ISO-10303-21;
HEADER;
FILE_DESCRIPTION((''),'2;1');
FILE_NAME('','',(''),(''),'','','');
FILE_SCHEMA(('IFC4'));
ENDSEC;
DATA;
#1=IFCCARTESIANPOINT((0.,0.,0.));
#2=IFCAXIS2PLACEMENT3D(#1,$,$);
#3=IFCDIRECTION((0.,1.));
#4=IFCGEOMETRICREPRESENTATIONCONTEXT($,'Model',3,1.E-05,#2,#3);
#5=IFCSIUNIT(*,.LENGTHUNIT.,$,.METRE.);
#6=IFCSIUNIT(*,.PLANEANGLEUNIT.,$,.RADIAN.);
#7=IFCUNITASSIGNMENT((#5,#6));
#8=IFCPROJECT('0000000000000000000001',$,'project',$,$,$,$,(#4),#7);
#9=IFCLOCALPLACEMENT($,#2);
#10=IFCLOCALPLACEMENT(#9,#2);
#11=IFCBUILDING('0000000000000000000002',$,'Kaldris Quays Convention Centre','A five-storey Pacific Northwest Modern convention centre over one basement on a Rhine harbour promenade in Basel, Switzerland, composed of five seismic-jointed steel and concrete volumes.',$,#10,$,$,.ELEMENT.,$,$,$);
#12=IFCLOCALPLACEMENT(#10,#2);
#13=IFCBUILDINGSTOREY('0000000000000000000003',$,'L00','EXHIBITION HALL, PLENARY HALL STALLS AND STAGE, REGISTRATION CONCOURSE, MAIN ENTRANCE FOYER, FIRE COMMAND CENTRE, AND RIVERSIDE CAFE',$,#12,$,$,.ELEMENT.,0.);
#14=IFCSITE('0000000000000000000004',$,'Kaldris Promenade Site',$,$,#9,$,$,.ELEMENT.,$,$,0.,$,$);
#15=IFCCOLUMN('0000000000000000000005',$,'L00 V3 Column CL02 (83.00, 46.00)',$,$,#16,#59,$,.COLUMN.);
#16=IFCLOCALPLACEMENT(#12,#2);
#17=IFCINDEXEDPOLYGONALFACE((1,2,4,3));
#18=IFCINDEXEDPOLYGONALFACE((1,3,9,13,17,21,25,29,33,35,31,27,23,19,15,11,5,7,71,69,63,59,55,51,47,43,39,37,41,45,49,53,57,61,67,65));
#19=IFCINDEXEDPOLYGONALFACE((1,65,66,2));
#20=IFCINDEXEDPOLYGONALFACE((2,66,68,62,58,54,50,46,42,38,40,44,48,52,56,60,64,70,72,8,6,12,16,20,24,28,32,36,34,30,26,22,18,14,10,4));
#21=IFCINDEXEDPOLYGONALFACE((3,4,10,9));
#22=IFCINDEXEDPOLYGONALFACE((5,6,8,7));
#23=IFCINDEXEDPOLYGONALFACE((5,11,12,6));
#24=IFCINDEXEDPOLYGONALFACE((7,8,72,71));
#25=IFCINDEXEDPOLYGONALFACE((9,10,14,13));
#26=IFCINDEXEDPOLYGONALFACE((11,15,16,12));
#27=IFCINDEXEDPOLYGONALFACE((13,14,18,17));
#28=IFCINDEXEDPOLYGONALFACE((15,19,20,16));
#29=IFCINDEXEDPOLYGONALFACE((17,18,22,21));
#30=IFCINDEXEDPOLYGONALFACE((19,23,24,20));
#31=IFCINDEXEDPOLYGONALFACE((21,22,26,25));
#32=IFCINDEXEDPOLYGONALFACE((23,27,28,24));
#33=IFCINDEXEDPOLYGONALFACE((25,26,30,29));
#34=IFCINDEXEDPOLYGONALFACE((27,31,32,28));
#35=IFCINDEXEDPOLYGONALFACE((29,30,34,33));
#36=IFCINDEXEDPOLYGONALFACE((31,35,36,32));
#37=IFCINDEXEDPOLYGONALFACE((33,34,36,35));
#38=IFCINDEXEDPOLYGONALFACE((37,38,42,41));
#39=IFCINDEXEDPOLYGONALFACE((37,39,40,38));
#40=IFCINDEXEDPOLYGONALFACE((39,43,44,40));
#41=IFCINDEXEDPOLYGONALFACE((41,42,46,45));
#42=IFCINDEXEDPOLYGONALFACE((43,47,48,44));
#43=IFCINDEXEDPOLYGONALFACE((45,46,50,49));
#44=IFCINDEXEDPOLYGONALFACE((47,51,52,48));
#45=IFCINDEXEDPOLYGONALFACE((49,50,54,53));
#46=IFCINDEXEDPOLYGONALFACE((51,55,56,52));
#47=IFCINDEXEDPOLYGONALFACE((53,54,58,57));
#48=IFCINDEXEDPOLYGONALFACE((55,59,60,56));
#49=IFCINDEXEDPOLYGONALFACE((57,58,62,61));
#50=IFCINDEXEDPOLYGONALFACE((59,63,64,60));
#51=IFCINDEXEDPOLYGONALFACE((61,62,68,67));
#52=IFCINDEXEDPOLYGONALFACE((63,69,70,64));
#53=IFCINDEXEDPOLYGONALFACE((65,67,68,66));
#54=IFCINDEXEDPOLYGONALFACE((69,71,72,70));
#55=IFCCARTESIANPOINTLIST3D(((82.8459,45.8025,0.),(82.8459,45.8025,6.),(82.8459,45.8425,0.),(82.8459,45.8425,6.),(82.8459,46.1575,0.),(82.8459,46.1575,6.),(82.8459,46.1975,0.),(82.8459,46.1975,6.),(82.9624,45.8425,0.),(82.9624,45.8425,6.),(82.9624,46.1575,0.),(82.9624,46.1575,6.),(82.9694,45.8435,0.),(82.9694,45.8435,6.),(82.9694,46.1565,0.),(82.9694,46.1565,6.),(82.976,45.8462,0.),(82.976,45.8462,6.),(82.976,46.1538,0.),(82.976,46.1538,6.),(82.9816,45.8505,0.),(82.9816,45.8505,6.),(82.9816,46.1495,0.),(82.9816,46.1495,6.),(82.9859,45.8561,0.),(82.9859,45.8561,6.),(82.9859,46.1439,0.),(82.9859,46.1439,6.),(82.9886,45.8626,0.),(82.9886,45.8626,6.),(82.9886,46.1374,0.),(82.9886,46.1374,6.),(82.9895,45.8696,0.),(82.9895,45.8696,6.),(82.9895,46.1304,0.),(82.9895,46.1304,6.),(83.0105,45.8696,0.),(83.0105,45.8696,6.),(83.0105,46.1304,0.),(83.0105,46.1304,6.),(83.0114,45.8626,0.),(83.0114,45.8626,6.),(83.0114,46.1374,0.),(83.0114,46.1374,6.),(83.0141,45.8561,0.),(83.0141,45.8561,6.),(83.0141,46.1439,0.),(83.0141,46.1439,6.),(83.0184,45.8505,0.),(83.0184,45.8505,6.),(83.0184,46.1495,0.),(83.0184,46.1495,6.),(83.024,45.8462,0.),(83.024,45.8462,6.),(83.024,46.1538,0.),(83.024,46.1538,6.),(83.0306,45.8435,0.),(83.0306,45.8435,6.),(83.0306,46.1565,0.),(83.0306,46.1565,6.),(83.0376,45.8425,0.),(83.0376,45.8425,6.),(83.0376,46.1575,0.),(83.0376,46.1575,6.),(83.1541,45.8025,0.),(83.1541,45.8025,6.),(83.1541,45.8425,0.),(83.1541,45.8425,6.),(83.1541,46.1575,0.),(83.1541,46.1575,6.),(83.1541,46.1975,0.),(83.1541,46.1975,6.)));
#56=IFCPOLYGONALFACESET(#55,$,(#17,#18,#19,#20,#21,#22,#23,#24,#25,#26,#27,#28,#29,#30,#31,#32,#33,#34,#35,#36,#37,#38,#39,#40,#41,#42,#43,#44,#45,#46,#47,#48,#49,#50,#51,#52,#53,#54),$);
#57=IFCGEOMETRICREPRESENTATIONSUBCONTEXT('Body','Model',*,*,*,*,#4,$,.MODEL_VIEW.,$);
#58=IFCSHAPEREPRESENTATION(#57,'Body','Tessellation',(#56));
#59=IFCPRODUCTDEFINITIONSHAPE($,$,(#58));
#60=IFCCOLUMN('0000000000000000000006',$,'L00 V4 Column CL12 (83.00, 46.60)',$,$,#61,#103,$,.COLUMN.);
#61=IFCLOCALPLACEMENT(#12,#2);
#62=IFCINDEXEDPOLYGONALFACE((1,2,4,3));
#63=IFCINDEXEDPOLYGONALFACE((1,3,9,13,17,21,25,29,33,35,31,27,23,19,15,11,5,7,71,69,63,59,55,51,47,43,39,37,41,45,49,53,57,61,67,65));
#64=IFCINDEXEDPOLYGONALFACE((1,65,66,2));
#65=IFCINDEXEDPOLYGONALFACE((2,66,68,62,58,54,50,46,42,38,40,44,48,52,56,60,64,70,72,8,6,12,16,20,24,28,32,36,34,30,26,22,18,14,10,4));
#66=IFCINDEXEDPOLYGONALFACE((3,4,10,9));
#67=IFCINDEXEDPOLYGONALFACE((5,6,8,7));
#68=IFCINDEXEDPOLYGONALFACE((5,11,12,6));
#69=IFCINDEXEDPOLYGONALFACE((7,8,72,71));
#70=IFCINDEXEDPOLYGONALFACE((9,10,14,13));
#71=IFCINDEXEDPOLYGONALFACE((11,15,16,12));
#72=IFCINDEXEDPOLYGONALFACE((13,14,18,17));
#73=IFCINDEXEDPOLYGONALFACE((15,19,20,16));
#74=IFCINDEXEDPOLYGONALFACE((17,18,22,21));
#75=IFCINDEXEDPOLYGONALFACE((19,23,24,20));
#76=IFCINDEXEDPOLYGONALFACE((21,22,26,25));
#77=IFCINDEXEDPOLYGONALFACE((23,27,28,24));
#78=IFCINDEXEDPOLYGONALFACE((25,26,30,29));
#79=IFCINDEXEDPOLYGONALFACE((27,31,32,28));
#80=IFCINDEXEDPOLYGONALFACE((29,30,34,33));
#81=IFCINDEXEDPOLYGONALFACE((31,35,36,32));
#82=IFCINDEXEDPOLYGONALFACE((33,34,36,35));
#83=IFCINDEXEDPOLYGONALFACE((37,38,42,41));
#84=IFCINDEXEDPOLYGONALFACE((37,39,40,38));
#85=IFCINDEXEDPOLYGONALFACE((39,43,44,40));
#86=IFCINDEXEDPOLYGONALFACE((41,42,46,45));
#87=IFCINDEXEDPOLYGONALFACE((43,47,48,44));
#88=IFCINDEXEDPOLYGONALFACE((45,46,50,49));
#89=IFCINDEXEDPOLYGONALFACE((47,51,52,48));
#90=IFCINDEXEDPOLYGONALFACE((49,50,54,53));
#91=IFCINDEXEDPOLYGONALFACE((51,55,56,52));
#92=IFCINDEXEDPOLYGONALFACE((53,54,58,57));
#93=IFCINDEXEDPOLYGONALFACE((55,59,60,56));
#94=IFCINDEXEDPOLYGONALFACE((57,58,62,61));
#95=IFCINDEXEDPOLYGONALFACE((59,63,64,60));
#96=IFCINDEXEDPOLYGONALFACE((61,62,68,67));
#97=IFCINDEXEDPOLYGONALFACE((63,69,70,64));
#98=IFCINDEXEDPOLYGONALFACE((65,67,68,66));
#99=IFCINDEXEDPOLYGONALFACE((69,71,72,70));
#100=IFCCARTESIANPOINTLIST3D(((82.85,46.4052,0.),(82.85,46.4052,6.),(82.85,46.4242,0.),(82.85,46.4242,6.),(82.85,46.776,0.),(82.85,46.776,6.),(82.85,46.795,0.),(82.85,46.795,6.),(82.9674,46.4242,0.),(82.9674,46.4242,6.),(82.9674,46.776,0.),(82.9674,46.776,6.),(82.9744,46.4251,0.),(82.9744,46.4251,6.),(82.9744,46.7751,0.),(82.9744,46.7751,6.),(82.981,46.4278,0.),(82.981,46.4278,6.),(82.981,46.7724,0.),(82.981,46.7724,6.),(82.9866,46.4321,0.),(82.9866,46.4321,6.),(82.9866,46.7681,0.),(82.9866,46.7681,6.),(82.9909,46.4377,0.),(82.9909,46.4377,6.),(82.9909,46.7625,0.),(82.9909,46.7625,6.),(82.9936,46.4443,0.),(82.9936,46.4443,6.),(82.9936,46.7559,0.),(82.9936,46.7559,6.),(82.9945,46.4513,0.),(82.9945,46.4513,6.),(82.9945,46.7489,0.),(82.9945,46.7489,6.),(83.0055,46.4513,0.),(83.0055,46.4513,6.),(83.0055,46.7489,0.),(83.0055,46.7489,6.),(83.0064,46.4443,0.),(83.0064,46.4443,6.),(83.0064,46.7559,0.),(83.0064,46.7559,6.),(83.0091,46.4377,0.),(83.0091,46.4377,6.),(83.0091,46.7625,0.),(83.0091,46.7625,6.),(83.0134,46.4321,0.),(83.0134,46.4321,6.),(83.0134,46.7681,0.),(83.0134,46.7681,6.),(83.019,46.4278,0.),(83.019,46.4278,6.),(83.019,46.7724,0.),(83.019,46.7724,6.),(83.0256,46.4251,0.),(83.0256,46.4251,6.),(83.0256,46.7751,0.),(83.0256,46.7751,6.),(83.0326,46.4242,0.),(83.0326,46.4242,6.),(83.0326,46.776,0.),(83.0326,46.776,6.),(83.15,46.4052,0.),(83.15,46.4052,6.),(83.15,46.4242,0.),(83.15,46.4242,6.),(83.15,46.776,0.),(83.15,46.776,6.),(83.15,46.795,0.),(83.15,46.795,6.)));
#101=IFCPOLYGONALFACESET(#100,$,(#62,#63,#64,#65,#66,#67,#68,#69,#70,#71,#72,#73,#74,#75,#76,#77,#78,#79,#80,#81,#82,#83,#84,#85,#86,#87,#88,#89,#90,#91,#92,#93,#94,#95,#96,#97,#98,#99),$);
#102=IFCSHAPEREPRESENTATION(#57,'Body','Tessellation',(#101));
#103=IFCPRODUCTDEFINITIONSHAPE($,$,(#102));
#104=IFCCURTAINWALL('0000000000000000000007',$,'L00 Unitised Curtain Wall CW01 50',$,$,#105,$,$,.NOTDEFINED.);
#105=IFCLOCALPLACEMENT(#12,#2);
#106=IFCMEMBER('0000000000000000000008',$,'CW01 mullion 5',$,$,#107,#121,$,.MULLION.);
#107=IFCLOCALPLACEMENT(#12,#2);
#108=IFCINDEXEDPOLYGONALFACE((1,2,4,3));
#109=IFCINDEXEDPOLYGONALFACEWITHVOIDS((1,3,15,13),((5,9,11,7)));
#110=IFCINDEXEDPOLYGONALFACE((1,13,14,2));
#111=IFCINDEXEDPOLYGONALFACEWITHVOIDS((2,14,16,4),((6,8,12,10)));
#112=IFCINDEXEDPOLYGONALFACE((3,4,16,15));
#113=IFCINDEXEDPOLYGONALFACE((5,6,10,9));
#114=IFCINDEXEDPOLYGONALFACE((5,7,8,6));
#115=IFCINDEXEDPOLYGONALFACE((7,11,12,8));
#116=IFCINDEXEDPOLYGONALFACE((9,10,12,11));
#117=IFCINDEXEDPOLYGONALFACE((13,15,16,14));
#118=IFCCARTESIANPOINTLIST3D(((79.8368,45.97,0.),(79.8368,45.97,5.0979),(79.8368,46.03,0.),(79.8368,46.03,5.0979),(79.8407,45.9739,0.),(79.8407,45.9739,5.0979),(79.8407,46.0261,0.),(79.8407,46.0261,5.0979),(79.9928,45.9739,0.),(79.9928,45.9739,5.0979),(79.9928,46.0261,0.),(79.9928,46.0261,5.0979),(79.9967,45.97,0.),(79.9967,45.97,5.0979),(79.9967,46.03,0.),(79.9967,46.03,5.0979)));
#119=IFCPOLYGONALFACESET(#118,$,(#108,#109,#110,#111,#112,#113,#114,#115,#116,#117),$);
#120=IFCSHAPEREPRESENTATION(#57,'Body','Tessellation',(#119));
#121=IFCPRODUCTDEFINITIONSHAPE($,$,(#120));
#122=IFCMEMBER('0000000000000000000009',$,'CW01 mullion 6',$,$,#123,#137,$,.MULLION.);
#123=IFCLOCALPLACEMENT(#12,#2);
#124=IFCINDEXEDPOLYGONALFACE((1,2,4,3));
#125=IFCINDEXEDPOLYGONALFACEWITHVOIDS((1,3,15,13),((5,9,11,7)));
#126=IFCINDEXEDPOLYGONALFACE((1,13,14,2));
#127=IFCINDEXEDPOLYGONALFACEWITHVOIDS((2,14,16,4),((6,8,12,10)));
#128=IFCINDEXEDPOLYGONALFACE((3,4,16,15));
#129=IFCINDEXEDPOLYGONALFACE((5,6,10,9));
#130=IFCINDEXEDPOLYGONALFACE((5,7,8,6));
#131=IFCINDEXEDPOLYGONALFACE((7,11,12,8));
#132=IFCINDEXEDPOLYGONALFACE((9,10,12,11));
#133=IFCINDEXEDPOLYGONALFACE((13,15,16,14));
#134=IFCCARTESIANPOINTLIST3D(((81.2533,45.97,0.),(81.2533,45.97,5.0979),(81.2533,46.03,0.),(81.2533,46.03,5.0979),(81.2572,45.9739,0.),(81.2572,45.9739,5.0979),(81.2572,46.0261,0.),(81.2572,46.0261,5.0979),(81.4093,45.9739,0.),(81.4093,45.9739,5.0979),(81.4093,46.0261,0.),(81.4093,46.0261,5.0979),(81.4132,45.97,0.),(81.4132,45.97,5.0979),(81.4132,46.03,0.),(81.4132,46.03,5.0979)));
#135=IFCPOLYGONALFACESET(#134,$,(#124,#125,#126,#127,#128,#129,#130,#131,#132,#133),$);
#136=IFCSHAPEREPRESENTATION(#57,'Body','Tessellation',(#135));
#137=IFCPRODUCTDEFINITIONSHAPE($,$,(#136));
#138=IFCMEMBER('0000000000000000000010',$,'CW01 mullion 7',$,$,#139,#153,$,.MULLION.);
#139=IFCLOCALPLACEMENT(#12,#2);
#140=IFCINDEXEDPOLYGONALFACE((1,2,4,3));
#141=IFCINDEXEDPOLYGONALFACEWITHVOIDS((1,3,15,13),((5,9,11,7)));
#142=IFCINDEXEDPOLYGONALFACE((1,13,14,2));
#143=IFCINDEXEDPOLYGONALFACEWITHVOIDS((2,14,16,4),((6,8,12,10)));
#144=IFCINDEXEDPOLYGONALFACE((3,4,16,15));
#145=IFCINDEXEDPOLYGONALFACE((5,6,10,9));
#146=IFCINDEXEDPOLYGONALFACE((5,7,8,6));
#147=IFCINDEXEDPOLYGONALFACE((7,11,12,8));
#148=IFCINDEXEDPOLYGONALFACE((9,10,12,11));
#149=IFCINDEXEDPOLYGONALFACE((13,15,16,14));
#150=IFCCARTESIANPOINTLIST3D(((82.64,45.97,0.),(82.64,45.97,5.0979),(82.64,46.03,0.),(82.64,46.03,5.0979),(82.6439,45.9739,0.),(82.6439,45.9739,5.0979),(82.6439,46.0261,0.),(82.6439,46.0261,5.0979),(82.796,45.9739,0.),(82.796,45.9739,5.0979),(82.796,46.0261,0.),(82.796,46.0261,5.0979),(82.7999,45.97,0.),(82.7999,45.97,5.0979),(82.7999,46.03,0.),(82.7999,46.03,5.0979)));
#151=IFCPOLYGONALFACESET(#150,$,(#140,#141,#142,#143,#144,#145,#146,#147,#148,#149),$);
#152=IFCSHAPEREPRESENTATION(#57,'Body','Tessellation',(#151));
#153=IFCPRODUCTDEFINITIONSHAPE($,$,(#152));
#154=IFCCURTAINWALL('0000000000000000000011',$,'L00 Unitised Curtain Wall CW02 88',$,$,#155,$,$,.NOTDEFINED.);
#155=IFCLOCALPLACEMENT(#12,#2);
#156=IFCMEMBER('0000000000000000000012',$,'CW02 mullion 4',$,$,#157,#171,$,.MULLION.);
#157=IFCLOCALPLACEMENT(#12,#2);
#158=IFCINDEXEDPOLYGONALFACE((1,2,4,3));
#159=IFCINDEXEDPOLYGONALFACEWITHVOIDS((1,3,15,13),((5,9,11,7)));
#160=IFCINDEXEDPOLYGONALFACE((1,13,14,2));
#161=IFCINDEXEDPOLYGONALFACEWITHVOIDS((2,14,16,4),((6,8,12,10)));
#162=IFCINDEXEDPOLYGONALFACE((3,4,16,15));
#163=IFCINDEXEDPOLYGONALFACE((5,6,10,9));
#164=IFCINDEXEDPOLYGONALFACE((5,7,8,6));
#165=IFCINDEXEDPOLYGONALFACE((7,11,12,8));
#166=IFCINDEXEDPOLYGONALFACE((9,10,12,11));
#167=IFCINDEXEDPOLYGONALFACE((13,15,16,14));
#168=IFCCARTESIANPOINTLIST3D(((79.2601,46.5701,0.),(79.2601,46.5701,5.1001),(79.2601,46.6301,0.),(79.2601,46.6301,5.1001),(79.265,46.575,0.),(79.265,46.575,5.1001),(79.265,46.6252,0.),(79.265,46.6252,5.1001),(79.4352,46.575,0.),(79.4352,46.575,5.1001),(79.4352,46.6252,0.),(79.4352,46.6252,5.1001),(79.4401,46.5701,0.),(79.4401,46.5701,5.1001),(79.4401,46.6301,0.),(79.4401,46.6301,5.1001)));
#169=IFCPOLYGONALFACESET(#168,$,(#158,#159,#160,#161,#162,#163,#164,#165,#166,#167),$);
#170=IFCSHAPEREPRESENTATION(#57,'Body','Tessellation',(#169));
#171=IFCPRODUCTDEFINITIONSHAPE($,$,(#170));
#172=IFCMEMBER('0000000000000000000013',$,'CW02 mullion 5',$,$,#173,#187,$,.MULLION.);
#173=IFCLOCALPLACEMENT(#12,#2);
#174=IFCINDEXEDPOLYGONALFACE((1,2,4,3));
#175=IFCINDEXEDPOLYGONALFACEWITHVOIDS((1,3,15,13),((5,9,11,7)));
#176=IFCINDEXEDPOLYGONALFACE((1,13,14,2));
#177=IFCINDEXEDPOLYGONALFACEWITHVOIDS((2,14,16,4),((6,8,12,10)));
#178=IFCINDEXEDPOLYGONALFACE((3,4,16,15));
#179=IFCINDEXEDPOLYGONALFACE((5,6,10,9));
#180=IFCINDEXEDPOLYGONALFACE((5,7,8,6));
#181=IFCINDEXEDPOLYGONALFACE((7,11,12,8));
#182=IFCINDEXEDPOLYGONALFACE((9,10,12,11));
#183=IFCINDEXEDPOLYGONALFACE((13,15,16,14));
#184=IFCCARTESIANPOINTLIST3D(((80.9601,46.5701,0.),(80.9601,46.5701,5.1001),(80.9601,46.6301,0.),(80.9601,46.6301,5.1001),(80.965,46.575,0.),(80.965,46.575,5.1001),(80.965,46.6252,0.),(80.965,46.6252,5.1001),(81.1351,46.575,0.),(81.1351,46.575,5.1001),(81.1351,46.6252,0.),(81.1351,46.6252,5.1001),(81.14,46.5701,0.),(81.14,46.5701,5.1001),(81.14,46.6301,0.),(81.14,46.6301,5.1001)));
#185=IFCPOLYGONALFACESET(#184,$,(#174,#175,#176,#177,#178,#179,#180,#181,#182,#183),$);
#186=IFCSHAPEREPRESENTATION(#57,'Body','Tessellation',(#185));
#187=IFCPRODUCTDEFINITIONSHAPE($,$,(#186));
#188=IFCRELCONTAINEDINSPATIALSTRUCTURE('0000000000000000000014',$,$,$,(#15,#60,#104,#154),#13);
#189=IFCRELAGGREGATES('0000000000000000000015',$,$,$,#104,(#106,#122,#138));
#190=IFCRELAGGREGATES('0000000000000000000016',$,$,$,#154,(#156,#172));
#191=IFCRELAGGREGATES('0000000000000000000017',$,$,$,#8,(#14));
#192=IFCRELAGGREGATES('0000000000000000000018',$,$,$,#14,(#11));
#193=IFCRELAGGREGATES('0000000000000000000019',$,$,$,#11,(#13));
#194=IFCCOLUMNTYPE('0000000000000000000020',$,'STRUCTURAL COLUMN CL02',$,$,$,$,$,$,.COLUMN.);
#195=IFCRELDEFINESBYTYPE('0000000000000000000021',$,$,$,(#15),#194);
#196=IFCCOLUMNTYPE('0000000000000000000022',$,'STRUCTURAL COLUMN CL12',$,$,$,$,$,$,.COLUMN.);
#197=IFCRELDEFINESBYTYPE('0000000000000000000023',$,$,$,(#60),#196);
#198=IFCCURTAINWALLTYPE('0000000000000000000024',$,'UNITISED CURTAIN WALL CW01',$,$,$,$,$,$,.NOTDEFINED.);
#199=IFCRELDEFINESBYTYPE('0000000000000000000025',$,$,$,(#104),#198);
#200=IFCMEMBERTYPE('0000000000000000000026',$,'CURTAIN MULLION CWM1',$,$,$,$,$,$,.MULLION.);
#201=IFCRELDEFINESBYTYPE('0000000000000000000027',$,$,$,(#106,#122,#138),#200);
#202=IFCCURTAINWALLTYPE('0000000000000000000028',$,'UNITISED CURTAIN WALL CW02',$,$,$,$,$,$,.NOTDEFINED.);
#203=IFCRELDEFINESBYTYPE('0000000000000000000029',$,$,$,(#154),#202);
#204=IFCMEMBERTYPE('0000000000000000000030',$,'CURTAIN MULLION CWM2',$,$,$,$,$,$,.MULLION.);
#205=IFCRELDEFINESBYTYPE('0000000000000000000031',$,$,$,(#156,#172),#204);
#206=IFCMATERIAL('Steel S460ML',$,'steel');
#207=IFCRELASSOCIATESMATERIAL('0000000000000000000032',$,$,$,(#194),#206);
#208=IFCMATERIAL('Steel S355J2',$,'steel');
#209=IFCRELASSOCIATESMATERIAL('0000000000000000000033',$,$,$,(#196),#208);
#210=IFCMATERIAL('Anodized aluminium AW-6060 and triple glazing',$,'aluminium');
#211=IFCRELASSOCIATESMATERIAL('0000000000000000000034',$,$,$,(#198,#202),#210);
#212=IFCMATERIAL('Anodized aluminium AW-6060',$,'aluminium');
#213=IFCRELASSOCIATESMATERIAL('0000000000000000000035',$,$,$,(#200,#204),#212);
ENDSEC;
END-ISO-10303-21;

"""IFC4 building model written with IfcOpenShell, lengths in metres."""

from ifc_helpers import new_model, si_unit, direction, frame, origin, origin_2d, place, context, subcontext, project, spatial, hollow_rectangle, i_section, extrude, material, material_profile, profile_set, type_object, element, aggregate, save


model = new_model("IFC4")

# Units and contexts
model_context = context("Model", 3, precision=1e-05, world=origin(), true_north=direction((0.0, 1.0)))
body_context = subcontext(model_context, "Body", "Model", "MODEL_VIEW")
ifc_project = project(units=[si_unit("LENGTHUNIT", "METRE"), si_unit("PLANEANGLEUNIT", "RADIAN")], contexts=[model_context])

# Site, building, storey
site_placement = place(None, origin())
site = spatial("IfcSite", under=ifc_project, at=site_placement, Name="Kaldris Promenade Site", CompositionType="ELEMENT", RefElevation=0.0)
building_placement = place(site_placement, origin())
building = spatial("IfcBuilding", under=site, at=building_placement, Name="Kaldris Quays Convention Centre", Description="A five-storey Pacific Northwest Modern convention centre over one basement on a Rhine harbour promenade in Basel, Switzerland, composed of five seismic-jointed steel and concrete volumes.", CompositionType="ELEMENT")
storey_placement = place(building_placement, origin())
storey = spatial("IfcBuildingStorey", under=building, at=storey_placement, Name="L00", Description="EXHIBITION HALL, PLENARY HALL STALLS AND STAGE, REGISTRATION CONCOURSE, MAIN ENTRANCE FOYER, FIRE COMMAND CENTRE, AND RIVERSIDE CAFE", CompositionType="ELEMENT", Elevation=0.0)

# Columns
ifc_material_1 = material(Name="Steel S460ML", Category="steel")
ifc_material_profile_1 = material_profile(ifc_material_1, i_section(OverallWidth=0.3081, OverallDepth=0.395, WebThickness=0.021, FlangeThickness=0.04, FilletRadius=0.0271, at=origin_2d()), Name="HEM 360")
ifc_profile_set_1 = profile_set([ifc_material_profile_1], Name="Steel S460ML")
column_type_1 = type_object("IfcColumnType", Name="STRUCTURAL COLUMN CL02", PredefinedType="COLUMN", material=ifc_profile_set_1)
column_1_placement = place(storey_placement, frame((83.0, 46.0, 0.0), z_axis=(0.0, 0.0, 1.0), x_axis=(1.0, 0.0, 0.0)))
element("IfcColumn", 1, at=column_1_placement, inside=storey, type_object=column_type_1, Name="L00 V3 Column CL02 (83.00, 46.00)", PredefinedType="COLUMN", context=body_context, shape_type="SweptSolid", body=[
    extrude(i_section(OverallWidth=0.3081, OverallDepth=0.395, WebThickness=0.021, FlangeThickness=0.04, FilletRadius=0.0271, at=origin_2d()), origin(), (0.0, 0.0, 1.0), 6.0),
])
ifc_material_2 = material(Name="Steel S355J2", Category="steel")
ifc_material_profile_2 = material_profile(ifc_material_2, i_section(OverallWidth=0.3, OverallDepth=0.3899, WebThickness=0.011, FlangeThickness=0.019, FilletRadius=0.0271, at=origin_2d()), Name="HEA 400")
ifc_profile_set_2 = profile_set([ifc_material_profile_2], Name="Steel S355J2")
column_type_2 = type_object("IfcColumnType", Name="STRUCTURAL COLUMN CL12", PredefinedType="COLUMN", material=ifc_profile_set_2)
column_2_placement = place(storey_placement, frame((83.0, 46.6001, 0.0), z_axis=(0.0, 0.0, 1.0), x_axis=(1.0, 0.0, 0.0)))
element("IfcColumn", 2, at=column_2_placement, inside=storey, type_object=column_type_2, Name="L00 V4 Column CL12 (83.00, 46.60)", PredefinedType="COLUMN", context=body_context, shape_type="SweptSolid", body=[
    extrude(i_section(OverallWidth=0.3, OverallDepth=0.3899, WebThickness=0.011, FlangeThickness=0.019, FilletRadius=0.0271, at=origin_2d()), origin(), (0.0, 0.0, 1.0), 6.0),
])

# Curtain walls, members
ifc_material_3 = material(Name="Anodized aluminium AW-6060 and triple glazing", Category="aluminium")
curtain_wall_type_1 = type_object("IfcCurtainWallType", Name="UNITISED CURTAIN WALL CW01", PredefinedType="NOTDEFINED", material=ifc_material_3)
curtain_wall_1_placement = place(storey_placement, origin())
curtain_wall_1 = element("IfcCurtainWall", 3, at=curtain_wall_1_placement, inside=storey, type_object=curtain_wall_type_1, Name="L00 Unitised Curtain Wall CW01 50", PredefinedType="NOTDEFINED")
ifc_material_4 = material(Name="Anodized aluminium AW-6060", Category="aluminium")
ifc_material_profile_3 = material_profile(ifc_material_4, hollow_rectangle(XDim=0.0601, YDim=0.1599, WallThickness=0.0039, at=origin_2d()), Name="RHS 160x60x4")
ifc_profile_set_3 = profile_set([ifc_material_profile_3], Name="Anodized aluminium AW-6060")
member_type_1 = type_object("IfcMemberType", Name="CURTAIN MULLION CWM1", PredefinedType="MULLION", material=ifc_profile_set_3)
member_1_placement = place(storey_placement, frame((79.9167, 46.0, 0.0), z_axis=(0.0, 0.0, 1.0), x_axis=(0.0, 1.0, 0.0)))
member_1 = element("IfcMember", 4, at=member_1_placement, type_object=member_type_1, Name="CW01 mullion 5", PredefinedType="MULLION", context=body_context, shape_type="SweptSolid", body=[
    extrude(hollow_rectangle(XDim=0.0601, YDim=0.1599, WallThickness=0.0039, at=origin_2d()), origin(), (0.0, 0.0, 1.0), 5.0979),
])
member_2_placement = place(storey_placement, frame((81.3333, 46.0, 0.0), z_axis=(0.0, 0.0, 1.0), x_axis=(0.0, 1.0, 0.0)))
member_2 = element("IfcMember", 5, at=member_2_placement, type_object=member_type_1, Name="CW01 mullion 6", PredefinedType="MULLION", context=body_context, shape_type="SweptSolid", body=[
    extrude(hollow_rectangle(XDim=0.0601, YDim=0.1599, WallThickness=0.0039, at=origin_2d()), origin(), (0.0, 0.0, 1.0), 5.0979),
])
member_3_placement = place(storey_placement, frame((82.72, 46.0, 0.0), z_axis=(0.0, 0.0, 1.0), x_axis=(0.0, 1.0, 0.0)))
member_3 = element("IfcMember", 6, at=member_3_placement, type_object=member_type_1, Name="CW01 mullion 7", PredefinedType="MULLION", context=body_context, shape_type="SweptSolid", body=[
    extrude(hollow_rectangle(XDim=0.0601, YDim=0.1599, WallThickness=0.0039, at=origin_2d()), origin(), (0.0, 0.0, 1.0), 5.0979),
])
curtain_wall_type_2 = type_object("IfcCurtainWallType", Name="UNITISED CURTAIN WALL CW02", PredefinedType="NOTDEFINED", material=ifc_material_3)
curtain_wall_2_placement = place(storey_placement, origin())
curtain_wall_2 = element("IfcCurtainWall", 7, at=curtain_wall_2_placement, inside=storey, type_object=curtain_wall_type_2, Name="L00 Unitised Curtain Wall CW02 88", PredefinedType="NOTDEFINED")
ifc_material_profile_4 = material_profile(ifc_material_4, hollow_rectangle(XDim=0.0601, YDim=0.1799, WallThickness=0.0049, at=origin_2d()), Name="RHS 180x60x5")
ifc_profile_set_4 = profile_set([ifc_material_profile_4], Name="Anodized aluminium AW-6060")
member_type_2 = type_object("IfcMemberType", Name="CURTAIN MULLION CWM2", PredefinedType="MULLION", material=ifc_profile_set_4)
member_4_placement = place(storey_placement, frame((79.3501, 46.6001, 0.0), z_axis=(0.0, 0.0, 1.0), x_axis=(0.0, 1.0, 0.0)))
member_4 = element("IfcMember", 8, at=member_4_placement, type_object=member_type_2, Name="CW02 mullion 4", PredefinedType="MULLION", context=body_context, shape_type="SweptSolid", body=[
    extrude(hollow_rectangle(XDim=0.0601, YDim=0.1799, WallThickness=0.0049, at=origin_2d()), origin(), (0.0, 0.0, 1.0), 5.1001),
])
member_5_placement = place(storey_placement, frame((81.05, 46.6001, 0.0), z_axis=(0.0, 0.0, 1.0), x_axis=(0.0, 1.0, 0.0)))
member_5 = element("IfcMember", 9, at=member_5_placement, type_object=member_type_2, Name="CW02 mullion 5", PredefinedType="MULLION", context=body_context, shape_type="SweptSolid", body=[
    extrude(hollow_rectangle(XDim=0.0601, YDim=0.1799, WallThickness=0.0049, at=origin_2d()), origin(), (0.0, 0.0, 1.0), 5.1001),
])

aggregate(curtain_wall_1, [member_1, member_2, member_3])
aggregate(curtain_wall_2, [member_4, member_5])

save(model, "model.ifc")
